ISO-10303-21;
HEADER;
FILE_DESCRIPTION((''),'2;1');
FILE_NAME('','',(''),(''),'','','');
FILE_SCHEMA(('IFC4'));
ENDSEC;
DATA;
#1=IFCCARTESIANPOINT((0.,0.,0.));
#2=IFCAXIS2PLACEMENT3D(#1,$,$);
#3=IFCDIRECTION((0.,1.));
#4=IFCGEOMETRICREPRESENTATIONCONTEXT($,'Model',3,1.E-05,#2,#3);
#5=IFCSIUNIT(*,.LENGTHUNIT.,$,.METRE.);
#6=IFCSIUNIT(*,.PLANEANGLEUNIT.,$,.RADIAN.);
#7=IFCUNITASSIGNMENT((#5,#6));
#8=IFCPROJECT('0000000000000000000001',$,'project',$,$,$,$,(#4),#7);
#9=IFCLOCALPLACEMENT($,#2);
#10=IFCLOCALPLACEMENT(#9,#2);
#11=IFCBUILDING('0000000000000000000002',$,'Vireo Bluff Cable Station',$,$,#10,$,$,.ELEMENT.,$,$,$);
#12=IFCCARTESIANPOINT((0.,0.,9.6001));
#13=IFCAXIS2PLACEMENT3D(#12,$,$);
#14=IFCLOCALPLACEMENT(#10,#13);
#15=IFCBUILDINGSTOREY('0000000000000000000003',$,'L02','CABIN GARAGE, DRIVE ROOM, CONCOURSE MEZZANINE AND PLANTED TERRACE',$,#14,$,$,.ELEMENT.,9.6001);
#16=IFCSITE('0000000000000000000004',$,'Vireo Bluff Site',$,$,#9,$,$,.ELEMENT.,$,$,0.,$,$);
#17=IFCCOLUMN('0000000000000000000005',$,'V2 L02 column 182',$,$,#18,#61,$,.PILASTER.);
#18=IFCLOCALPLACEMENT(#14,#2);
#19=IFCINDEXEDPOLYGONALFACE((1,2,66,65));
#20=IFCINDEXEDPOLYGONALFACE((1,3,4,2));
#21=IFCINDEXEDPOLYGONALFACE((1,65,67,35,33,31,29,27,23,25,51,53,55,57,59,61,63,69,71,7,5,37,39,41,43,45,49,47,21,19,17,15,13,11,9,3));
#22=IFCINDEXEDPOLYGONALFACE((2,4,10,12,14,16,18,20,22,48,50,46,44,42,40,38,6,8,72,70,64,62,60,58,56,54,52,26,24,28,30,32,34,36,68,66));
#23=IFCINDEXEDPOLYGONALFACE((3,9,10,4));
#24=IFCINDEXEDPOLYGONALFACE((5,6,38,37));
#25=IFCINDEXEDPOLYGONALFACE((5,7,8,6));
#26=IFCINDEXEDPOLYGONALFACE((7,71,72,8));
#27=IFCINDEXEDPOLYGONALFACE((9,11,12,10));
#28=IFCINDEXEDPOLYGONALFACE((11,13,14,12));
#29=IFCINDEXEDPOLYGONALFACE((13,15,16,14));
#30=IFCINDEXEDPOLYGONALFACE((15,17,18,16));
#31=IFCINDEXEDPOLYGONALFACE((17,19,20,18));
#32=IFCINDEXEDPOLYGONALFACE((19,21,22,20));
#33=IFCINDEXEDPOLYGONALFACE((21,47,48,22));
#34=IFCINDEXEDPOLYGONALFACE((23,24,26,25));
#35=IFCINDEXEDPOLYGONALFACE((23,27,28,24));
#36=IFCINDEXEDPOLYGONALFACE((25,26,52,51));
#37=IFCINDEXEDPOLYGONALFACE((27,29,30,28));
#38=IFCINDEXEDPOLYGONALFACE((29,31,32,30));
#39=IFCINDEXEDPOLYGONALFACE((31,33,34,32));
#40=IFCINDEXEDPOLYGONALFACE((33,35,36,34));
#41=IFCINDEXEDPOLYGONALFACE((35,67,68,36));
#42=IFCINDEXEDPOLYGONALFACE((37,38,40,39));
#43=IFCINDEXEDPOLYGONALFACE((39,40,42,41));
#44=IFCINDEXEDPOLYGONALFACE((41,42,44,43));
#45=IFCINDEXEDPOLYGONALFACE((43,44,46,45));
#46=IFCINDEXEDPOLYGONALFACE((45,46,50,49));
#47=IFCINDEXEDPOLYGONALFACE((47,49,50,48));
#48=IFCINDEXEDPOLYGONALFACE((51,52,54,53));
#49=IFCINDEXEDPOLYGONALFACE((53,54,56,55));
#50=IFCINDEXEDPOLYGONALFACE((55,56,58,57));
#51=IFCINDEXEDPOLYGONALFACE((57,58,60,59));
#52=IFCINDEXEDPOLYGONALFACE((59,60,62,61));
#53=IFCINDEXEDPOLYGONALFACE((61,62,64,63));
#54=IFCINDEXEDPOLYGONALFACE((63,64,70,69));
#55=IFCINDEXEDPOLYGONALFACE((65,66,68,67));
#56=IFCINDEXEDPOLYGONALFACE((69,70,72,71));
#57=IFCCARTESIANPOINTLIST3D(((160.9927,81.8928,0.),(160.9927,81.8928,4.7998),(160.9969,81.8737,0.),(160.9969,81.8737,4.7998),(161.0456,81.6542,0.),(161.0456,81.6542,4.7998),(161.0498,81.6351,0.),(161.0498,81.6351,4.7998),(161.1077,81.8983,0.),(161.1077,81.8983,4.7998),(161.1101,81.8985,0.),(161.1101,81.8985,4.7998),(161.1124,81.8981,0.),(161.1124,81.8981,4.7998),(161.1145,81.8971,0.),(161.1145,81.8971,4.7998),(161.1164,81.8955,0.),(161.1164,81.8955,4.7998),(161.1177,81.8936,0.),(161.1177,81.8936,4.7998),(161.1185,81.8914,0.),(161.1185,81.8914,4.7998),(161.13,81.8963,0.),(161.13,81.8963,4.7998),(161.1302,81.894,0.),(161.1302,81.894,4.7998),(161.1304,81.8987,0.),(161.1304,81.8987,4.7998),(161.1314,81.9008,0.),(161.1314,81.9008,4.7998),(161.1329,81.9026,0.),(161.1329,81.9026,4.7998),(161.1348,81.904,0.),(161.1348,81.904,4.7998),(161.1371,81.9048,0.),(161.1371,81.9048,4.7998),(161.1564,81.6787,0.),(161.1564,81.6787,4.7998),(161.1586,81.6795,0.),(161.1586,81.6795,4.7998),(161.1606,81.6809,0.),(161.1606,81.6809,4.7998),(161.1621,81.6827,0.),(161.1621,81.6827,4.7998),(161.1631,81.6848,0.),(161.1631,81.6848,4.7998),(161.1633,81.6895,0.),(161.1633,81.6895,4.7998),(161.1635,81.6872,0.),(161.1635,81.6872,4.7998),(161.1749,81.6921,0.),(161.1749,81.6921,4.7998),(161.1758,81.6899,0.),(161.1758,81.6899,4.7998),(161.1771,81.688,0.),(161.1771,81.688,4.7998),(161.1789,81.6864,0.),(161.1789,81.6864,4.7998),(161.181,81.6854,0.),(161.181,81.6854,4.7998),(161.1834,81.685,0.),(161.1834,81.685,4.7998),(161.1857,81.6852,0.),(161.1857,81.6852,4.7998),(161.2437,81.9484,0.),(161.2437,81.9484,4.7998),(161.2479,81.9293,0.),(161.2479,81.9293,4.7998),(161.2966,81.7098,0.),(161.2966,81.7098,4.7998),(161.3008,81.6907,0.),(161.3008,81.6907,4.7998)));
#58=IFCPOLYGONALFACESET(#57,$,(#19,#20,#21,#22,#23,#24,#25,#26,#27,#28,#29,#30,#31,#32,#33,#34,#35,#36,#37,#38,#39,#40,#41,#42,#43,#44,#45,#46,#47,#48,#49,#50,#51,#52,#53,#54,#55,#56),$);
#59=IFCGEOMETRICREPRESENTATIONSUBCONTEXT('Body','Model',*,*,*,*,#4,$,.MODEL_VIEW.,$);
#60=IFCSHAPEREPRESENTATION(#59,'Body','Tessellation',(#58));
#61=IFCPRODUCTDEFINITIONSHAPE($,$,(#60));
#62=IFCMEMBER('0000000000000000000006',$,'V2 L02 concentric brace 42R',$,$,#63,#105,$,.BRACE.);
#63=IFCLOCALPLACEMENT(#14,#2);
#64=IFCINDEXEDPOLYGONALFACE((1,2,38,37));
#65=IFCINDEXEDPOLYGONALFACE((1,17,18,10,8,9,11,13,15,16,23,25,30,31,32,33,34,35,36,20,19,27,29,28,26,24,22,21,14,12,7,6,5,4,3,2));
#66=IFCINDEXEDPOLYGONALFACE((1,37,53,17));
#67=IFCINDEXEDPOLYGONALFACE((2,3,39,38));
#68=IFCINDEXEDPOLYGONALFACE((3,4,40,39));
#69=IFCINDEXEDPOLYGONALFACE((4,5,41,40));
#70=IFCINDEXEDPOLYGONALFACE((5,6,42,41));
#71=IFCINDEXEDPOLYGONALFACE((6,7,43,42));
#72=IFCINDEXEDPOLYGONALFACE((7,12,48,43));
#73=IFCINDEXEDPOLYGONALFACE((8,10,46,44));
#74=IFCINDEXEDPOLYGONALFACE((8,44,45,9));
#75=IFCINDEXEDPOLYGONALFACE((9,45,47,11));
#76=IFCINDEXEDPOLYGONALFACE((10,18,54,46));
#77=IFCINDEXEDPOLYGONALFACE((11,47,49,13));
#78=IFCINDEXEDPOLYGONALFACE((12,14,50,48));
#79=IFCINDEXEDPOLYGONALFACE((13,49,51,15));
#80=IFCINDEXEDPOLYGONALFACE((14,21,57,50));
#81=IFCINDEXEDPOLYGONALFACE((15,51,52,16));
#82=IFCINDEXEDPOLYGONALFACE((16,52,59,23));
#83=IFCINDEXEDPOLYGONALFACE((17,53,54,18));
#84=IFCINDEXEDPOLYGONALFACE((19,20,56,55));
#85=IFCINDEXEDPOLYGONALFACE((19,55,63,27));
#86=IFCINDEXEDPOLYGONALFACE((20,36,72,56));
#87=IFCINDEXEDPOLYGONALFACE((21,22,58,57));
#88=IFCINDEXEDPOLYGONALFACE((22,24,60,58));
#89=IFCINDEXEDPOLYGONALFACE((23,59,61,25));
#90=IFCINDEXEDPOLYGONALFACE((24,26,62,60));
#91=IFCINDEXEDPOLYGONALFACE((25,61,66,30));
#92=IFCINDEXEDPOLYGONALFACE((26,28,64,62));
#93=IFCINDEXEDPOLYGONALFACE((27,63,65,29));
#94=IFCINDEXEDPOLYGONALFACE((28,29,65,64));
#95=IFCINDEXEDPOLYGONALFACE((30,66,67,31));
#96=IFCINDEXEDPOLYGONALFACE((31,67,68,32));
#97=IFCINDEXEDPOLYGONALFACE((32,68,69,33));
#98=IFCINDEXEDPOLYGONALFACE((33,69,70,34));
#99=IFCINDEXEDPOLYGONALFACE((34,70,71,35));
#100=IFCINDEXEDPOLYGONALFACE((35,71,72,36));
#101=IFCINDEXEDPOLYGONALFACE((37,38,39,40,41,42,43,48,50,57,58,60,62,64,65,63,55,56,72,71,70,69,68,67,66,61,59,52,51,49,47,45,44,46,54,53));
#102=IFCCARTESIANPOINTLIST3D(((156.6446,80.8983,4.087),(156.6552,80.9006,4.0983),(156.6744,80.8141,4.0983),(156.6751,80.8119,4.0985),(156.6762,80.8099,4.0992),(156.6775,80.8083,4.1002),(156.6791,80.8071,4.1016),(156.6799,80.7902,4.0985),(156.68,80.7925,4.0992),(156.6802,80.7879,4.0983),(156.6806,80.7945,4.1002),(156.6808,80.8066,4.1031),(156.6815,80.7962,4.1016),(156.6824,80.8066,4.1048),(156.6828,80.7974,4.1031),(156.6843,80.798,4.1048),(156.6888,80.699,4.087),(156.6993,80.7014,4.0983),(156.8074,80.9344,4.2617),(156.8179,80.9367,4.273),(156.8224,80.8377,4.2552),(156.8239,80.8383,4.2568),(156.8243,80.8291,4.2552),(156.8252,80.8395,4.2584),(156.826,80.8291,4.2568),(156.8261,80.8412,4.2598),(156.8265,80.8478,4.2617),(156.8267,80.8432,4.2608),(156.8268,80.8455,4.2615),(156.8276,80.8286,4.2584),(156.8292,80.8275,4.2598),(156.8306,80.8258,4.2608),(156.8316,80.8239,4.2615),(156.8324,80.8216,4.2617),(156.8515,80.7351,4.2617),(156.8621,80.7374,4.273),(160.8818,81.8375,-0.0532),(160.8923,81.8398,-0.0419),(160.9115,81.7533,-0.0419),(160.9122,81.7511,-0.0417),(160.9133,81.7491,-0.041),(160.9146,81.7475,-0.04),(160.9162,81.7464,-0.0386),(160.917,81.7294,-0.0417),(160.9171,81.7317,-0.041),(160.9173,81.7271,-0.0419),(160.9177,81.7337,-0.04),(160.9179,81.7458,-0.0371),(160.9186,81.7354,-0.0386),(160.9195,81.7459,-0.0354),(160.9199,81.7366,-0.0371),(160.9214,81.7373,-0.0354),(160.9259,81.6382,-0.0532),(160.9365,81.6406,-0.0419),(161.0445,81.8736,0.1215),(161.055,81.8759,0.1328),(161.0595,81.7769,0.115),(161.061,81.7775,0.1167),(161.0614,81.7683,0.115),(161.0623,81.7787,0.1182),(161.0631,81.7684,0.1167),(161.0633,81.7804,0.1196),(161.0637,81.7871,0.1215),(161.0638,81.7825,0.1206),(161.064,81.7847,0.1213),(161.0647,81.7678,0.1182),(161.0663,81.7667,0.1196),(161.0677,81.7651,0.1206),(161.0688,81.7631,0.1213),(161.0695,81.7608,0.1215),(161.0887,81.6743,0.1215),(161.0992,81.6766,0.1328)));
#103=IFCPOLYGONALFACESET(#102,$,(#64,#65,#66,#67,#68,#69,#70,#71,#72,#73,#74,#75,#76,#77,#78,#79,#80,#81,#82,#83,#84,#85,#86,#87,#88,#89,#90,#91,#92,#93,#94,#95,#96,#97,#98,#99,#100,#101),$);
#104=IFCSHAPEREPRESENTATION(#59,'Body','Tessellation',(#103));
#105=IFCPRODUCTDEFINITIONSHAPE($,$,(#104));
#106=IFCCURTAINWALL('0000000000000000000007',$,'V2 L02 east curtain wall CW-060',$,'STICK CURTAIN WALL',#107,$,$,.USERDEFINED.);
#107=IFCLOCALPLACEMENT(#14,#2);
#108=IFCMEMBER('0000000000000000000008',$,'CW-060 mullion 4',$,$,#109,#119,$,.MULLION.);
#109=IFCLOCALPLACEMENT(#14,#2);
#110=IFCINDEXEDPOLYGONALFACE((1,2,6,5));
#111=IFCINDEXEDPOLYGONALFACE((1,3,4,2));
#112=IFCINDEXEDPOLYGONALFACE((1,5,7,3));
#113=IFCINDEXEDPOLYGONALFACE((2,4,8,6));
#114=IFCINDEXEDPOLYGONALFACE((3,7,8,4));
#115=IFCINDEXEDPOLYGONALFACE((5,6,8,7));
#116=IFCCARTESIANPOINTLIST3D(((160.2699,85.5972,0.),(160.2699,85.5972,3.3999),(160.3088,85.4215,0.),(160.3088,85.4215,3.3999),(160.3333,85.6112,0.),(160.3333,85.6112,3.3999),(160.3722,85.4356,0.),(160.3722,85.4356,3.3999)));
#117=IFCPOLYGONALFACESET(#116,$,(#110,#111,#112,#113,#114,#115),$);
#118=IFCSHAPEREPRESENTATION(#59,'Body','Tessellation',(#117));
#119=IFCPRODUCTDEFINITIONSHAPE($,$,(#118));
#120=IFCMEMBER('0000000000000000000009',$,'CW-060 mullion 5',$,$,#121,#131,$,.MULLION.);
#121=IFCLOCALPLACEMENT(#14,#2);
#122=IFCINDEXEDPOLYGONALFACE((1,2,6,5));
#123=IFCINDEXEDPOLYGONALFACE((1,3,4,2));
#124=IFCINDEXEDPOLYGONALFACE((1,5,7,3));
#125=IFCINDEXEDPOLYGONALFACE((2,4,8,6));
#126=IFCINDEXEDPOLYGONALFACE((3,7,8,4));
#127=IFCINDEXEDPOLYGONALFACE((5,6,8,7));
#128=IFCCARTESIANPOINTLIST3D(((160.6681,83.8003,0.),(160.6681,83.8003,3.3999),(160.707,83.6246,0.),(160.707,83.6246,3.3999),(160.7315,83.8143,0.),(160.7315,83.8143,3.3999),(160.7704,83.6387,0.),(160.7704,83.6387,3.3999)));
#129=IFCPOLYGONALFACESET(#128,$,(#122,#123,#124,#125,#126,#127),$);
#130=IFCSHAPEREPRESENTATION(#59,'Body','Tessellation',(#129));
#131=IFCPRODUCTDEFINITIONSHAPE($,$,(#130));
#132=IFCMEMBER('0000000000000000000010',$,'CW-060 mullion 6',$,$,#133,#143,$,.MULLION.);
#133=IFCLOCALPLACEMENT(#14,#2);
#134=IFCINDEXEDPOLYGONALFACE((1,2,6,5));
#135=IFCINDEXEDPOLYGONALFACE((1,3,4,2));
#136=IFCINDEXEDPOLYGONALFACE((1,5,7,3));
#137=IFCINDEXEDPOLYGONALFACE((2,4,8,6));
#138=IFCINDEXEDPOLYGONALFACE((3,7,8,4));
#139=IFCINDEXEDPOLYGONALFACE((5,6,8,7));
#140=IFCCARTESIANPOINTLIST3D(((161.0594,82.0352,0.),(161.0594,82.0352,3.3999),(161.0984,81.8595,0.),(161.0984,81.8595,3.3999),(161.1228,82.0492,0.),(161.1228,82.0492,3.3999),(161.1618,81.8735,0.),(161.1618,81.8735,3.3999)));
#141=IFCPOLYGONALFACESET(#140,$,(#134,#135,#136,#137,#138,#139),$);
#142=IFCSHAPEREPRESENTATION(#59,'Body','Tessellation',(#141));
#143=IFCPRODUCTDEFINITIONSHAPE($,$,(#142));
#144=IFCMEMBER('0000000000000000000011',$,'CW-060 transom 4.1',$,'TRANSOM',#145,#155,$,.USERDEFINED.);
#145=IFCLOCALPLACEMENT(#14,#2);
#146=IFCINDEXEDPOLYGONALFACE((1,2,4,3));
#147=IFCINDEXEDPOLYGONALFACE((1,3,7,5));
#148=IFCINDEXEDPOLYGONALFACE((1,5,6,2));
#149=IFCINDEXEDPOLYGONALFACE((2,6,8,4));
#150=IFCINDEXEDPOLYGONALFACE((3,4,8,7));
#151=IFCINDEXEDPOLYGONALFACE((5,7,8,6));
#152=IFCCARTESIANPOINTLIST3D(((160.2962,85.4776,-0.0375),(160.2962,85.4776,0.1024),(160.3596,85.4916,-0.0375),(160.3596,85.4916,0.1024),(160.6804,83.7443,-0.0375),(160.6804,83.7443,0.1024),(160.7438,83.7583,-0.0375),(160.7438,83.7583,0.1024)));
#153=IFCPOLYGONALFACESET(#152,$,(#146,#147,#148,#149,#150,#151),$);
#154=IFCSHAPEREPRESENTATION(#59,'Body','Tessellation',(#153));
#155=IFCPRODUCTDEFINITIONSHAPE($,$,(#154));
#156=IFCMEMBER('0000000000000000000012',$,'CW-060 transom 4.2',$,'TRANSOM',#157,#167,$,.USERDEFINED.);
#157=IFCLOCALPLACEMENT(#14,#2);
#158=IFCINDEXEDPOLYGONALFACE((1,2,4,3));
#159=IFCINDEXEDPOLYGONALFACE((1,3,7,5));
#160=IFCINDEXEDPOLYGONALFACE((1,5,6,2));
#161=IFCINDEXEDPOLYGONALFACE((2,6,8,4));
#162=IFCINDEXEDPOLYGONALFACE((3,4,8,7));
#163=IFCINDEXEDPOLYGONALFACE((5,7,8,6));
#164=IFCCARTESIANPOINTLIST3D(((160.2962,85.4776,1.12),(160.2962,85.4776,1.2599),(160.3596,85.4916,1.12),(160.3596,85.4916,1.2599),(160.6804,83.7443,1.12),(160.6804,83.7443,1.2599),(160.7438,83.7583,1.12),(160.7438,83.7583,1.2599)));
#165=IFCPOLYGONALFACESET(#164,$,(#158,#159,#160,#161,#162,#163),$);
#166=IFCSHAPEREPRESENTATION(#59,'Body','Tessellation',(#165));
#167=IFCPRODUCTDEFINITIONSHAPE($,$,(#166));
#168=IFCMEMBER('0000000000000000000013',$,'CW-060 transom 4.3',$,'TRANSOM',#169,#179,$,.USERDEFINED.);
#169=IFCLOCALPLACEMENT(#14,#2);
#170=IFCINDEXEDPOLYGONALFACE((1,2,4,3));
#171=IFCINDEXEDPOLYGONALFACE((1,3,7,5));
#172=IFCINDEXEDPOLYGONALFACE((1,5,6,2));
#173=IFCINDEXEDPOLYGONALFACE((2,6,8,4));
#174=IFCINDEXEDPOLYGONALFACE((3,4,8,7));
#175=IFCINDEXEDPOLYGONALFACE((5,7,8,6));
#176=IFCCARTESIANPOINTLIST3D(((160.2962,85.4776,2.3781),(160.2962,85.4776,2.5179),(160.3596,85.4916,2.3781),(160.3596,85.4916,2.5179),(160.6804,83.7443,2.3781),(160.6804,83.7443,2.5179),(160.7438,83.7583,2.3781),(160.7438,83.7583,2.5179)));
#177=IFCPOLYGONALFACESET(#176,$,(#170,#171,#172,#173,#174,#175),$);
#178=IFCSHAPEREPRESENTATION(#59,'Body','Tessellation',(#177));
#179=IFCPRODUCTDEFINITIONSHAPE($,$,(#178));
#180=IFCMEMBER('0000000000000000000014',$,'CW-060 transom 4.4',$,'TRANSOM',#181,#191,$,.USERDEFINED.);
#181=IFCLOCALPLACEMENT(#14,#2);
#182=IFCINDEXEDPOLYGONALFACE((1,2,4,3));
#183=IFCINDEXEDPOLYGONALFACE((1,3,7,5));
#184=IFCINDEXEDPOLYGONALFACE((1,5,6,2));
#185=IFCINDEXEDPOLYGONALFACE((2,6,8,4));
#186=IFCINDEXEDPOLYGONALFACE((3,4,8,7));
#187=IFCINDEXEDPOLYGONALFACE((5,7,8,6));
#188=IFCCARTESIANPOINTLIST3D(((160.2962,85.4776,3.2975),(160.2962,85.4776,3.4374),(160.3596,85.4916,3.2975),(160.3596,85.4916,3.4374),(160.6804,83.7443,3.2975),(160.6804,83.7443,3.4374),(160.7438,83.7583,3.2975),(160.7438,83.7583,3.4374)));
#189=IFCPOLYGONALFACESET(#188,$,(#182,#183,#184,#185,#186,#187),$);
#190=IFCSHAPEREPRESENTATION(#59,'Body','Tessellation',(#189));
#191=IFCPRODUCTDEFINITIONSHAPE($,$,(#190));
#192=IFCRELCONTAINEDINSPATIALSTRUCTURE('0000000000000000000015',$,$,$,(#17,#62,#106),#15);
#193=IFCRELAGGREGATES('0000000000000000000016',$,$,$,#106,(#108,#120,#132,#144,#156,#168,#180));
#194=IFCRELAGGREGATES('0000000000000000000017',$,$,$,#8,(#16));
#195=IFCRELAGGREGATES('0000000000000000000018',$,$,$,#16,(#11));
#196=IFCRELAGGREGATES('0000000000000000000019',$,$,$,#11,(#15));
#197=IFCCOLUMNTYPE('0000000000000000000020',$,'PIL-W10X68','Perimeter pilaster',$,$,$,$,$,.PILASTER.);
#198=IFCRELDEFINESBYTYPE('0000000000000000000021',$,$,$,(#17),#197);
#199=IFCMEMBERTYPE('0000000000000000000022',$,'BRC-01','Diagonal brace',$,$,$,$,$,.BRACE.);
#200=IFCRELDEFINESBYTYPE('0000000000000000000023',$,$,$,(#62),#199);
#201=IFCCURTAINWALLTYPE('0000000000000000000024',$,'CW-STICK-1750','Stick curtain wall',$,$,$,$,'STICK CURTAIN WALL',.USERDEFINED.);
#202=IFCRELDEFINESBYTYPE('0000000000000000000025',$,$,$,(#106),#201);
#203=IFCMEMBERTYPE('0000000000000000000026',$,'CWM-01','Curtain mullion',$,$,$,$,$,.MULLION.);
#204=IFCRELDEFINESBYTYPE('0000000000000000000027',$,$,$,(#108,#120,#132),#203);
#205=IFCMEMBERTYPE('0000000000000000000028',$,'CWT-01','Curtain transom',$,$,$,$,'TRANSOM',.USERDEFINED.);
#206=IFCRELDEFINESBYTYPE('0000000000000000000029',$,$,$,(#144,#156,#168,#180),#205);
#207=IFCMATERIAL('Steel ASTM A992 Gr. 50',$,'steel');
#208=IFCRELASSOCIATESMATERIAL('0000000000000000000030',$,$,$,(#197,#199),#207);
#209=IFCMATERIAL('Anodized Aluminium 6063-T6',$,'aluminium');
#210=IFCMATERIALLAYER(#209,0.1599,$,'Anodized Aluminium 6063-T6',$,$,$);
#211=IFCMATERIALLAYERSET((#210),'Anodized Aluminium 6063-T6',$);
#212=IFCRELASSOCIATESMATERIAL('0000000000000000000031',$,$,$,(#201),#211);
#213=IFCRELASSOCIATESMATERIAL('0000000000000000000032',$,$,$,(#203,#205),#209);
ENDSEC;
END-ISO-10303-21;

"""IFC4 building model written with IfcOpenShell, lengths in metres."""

from ifc_helpers import new_model, si_unit, direction, frame, origin, origin_2d, place, context, subcontext, project, spatial, rectangle, i_section, extrude, material, layer, layer_set, material_profile, profile_set, type_object, element, aggregate, save


model = new_model("IFC4")

# Units and contexts
model_context = context("Model", 3, precision=1e-05, world=origin(), true_north=direction((0.0, 1.0)))
body_context = subcontext(model_context, "Body", "Model", "MODEL_VIEW")
ifc_project = project(units=[si_unit("LENGTHUNIT", "METRE"), si_unit("PLANEANGLEUNIT", "RADIAN")], contexts=[model_context])

# Site, building, storey
site_placement = place(None, origin())
site = spatial("IfcSite", under=ifc_project, at=site_placement, Name="Vireo Bluff Site", CompositionType="ELEMENT", RefElevation=0.0)
building_placement = place(site_placement, origin())
building = spatial("IfcBuilding", under=site, at=building_placement, Name="Vireo Bluff Cable Station", CompositionType="ELEMENT")
storey_placement = place(building_placement, frame((0.0, 0.0, 9.6001)))
storey = spatial("IfcBuildingStorey", under=building, at=storey_placement, Name="L02", Description="CABIN GARAGE, DRIVE ROOM, CONCOURSE MEZZANINE AND PLANTED TERRACE", CompositionType="ELEMENT", Elevation=9.6001)

# Column
ifc_material_1 = material(Name="Steel ASTM A992 Gr. 50", Category="steel")
ifc_material_profile_1 = material_profile(ifc_material_1, i_section(OverallWidth=0.2571, OverallDepth=0.2639, WebThickness=0.012, FlangeThickness=0.0195, FilletRadius=0.009, at=origin_2d()), Name="W10X68")
ifc_profile_set_1 = profile_set([ifc_material_profile_1], Name="Steel ASTM A992 Gr. 50")
column_type = type_object("IfcColumnType", Name="PIL-W10X68", Description="Perimeter pilaster", PredefinedType="PILASTER", material=ifc_profile_set_1)
column_placement = place(storey_placement, frame((161.1467, 81.7917, 0.0), z_axis=(0.0, 0.0, 1.0), x_axis=(0.976296, 0.21644, 0.0)))
element("IfcColumn", 1, at=column_placement, inside=storey, type_object=column_type, Name="V2 L02 column 182", PredefinedType="PILASTER", context=body_context, shape_type="SweptSolid", body=[
    extrude(i_section(OverallWidth=0.2571, OverallDepth=0.2639, WebThickness=0.012, FlangeThickness=0.0195, FilletRadius=0.009, at=origin_2d()), origin(), (0.0, 0.0, 1.0), 4.7998),
])

# Member
ifc_material_profile_2 = material_profile(ifc_material_1, i_section(OverallWidth=0.2041, OverallDepth=0.2571, WebThickness=0.0088, FlangeThickness=0.0156, FilletRadius=0.009, at=origin_2d()), Name="W10X45")
ifc_profile_set_2 = profile_set([ifc_material_profile_2], Name="Steel ASTM A992 Gr. 50")
member_type_1 = type_object("IfcMemberType", Name="BRC-01", Description="Diagonal brace", PredefinedType="BRACE", material=ifc_profile_set_2)
member_1_placement = place(storey_placement, frame((160.9905, 81.7571, 0.0398), z_axis=(-0.706417, -0.156588, 0.690257), x_axis=(0.216412, -0.976302, 0.0)))
element("IfcMember", 2, at=member_1_placement, inside=storey, type_object=member_type_1, Name="V2 L02 concentric brace 42R", PredefinedType="BRACE", context=body_context, shape_type="SweptSolid", body=[
    extrude(i_section(OverallWidth=0.2041, OverallDepth=0.2571, WebThickness=0.0088, FlangeThickness=0.0156, FilletRadius=0.009, at=origin_2d()), origin(), (0.0, 0.0, 1.0), 5.998),
])

# Curtain wall, members
ifc_material_2 = material(Name="Anodized Aluminium 6063-T6", Category="aluminium")
ifc_layer_1 = layer(ifc_material_2, 0.1599, Name="Anodized Aluminium 6063-T6")
ifc_layer_set_1 = layer_set([ifc_layer_1], Name="Anodized Aluminium 6063-T6")
curtain_wall_type = type_object("IfcCurtainWallType", Name="CW-STICK-1750", Description="Stick curtain wall", ElementType="STICK CURTAIN WALL", PredefinedType="USERDEFINED", material=ifc_layer_set_1)
curtain_wall_placement = place(storey_placement, origin())
curtain_wall = element("IfcCurtainWall", 3, at=curtain_wall_placement, inside=storey, type_object=curtain_wall_type, Name="V2 L02 east curtain wall CW-060", ObjectType="STICK CURTAIN WALL", PredefinedType="USERDEFINED")
ifc_material_profile_3 = material_profile(ifc_material_2, rectangle(XDim=0.0649, YDim=0.1799, at=origin_2d()), Name="ALU-M-65X180")
ifc_profile_set_3 = profile_set([ifc_material_profile_3], Name="Anodized Aluminium 6063-T6")
member_type_2 = type_object("IfcMemberType", Name="CWM-01", Description="Curtain mullion", PredefinedType="MULLION", material=ifc_profile_set_3)
member_2_placement = place(storey_placement, frame((160.321, 85.5164, 0.0), z_axis=(0.0, 0.0, 1.0), x_axis=(0.976296, 0.21644, 0.0)))
member_2 = element("IfcMember", 4, at=member_2_placement, type_object=member_type_2, Name="CW-060 mullion 4", PredefinedType="MULLION", context=body_context, shape_type="SweptSolid", body=[
    extrude(rectangle(XDim=0.0649, YDim=0.1799, at=origin_2d()), origin(), (0.0, 0.0, 1.0), 3.3999),
])
member_3_placement = place(storey_placement, frame((160.7192, 83.7195, 0.0), z_axis=(0.0, 0.0, 1.0), x_axis=(0.976296, 0.21644, 0.0)))
member_3 = element("IfcMember", 5, at=member_3_placement, type_object=member_type_2, Name="CW-060 mullion 5", PredefinedType="MULLION", context=body_context, shape_type="SweptSolid", body=[
    extrude(rectangle(XDim=0.0649, YDim=0.1799, at=origin_2d()), origin(), (0.0, 0.0, 1.0), 3.3999),
])
member_4_placement = place(storey_placement, frame((161.1106, 81.9543, 0.0), z_axis=(0.0, 0.0, 1.0), x_axis=(0.976296, 0.21644, 0.0)))
member_4 = element("IfcMember", 6, at=member_4_placement, type_object=member_type_2, Name="CW-060 mullion 6", PredefinedType="MULLION", context=body_context, shape_type="SweptSolid", body=[
    extrude(rectangle(XDim=0.0649, YDim=0.1799, at=origin_2d()), origin(), (0.0, 0.0, 1.0), 3.3999),
])
ifc_material_profile_4 = material_profile(ifc_material_2, rectangle(XDim=0.0649, YDim=0.1399, at=origin_2d()), Name="ALU-T-65X140")
ifc_profile_set_4 = profile_set([ifc_material_profile_4], Name="Anodized Aluminium 6063-T6")
member_type_3 = type_object("IfcMemberType", Name="CWT-01", Description="Curtain transom", ElementType="TRANSOM", PredefinedType="USERDEFINED", material=ifc_profile_set_4)
member_5_placement = place(storey_placement, frame((160.3279, 85.4846, 0.0325), z_axis=(0.216435, -0.976297, 0.0), x_axis=(0.976297, 0.216435, 0.0)))
member_5 = element("IfcMember", 7, at=member_5_placement, type_object=member_type_3, Name="CW-060 transom 4.1", ObjectType="TRANSOM", PredefinedType="USERDEFINED", context=body_context, shape_type="SweptSolid", body=[
    extrude(rectangle(XDim=0.0649, YDim=0.1399, at=origin_2d()), origin(), (0.0, 0.0, 1.0), 1.7754),
])
member_6_placement = place(storey_placement, frame((160.3279, 85.4846, 1.1899), z_axis=(0.216435, -0.976297, 0.0), x_axis=(0.976297, 0.216435, 0.0)))
member_6 = element("IfcMember", 8, at=member_6_placement, type_object=member_type_3, Name="CW-060 transom 4.2", ObjectType="TRANSOM", PredefinedType="USERDEFINED", context=body_context, shape_type="SweptSolid", body=[
    extrude(rectangle(XDim=0.0649, YDim=0.1399, at=origin_2d()), origin(), (0.0, 0.0, 1.0), 1.7754),
])
member_7_placement = place(storey_placement, frame((160.3279, 85.4846, 2.448), z_axis=(0.216435, -0.976297, 0.0), x_axis=(0.976297, 0.216435, 0.0)))
member_7 = element("IfcMember", 9, at=member_7_placement, type_object=member_type_3, Name="CW-060 transom 4.3", ObjectType="TRANSOM", PredefinedType="USERDEFINED", context=body_context, shape_type="SweptSolid", body=[
    extrude(rectangle(XDim=0.0649, YDim=0.1399, at=origin_2d()), origin(), (0.0, 0.0, 1.0), 1.7754),
])
member_8_placement = place(storey_placement, frame((160.3279, 85.4846, 3.3674), z_axis=(0.216435, -0.976297, 0.0), x_axis=(0.976297, 0.216435, 0.0)))
member_8 = element("IfcMember", 10, at=member_8_placement, type_object=member_type_3, Name="CW-060 transom 4.4", ObjectType="TRANSOM", PredefinedType="USERDEFINED", context=body_context, shape_type="SweptSolid", body=[
    extrude(rectangle(XDim=0.0649, YDim=0.1399, at=origin_2d()), origin(), (0.0, 0.0, 1.0), 1.7754),
])
aggregate(curtain_wall, [member_2, member_3, member_4, member_5, member_6, member_7, member_8])

save(model, "model.ifc")
